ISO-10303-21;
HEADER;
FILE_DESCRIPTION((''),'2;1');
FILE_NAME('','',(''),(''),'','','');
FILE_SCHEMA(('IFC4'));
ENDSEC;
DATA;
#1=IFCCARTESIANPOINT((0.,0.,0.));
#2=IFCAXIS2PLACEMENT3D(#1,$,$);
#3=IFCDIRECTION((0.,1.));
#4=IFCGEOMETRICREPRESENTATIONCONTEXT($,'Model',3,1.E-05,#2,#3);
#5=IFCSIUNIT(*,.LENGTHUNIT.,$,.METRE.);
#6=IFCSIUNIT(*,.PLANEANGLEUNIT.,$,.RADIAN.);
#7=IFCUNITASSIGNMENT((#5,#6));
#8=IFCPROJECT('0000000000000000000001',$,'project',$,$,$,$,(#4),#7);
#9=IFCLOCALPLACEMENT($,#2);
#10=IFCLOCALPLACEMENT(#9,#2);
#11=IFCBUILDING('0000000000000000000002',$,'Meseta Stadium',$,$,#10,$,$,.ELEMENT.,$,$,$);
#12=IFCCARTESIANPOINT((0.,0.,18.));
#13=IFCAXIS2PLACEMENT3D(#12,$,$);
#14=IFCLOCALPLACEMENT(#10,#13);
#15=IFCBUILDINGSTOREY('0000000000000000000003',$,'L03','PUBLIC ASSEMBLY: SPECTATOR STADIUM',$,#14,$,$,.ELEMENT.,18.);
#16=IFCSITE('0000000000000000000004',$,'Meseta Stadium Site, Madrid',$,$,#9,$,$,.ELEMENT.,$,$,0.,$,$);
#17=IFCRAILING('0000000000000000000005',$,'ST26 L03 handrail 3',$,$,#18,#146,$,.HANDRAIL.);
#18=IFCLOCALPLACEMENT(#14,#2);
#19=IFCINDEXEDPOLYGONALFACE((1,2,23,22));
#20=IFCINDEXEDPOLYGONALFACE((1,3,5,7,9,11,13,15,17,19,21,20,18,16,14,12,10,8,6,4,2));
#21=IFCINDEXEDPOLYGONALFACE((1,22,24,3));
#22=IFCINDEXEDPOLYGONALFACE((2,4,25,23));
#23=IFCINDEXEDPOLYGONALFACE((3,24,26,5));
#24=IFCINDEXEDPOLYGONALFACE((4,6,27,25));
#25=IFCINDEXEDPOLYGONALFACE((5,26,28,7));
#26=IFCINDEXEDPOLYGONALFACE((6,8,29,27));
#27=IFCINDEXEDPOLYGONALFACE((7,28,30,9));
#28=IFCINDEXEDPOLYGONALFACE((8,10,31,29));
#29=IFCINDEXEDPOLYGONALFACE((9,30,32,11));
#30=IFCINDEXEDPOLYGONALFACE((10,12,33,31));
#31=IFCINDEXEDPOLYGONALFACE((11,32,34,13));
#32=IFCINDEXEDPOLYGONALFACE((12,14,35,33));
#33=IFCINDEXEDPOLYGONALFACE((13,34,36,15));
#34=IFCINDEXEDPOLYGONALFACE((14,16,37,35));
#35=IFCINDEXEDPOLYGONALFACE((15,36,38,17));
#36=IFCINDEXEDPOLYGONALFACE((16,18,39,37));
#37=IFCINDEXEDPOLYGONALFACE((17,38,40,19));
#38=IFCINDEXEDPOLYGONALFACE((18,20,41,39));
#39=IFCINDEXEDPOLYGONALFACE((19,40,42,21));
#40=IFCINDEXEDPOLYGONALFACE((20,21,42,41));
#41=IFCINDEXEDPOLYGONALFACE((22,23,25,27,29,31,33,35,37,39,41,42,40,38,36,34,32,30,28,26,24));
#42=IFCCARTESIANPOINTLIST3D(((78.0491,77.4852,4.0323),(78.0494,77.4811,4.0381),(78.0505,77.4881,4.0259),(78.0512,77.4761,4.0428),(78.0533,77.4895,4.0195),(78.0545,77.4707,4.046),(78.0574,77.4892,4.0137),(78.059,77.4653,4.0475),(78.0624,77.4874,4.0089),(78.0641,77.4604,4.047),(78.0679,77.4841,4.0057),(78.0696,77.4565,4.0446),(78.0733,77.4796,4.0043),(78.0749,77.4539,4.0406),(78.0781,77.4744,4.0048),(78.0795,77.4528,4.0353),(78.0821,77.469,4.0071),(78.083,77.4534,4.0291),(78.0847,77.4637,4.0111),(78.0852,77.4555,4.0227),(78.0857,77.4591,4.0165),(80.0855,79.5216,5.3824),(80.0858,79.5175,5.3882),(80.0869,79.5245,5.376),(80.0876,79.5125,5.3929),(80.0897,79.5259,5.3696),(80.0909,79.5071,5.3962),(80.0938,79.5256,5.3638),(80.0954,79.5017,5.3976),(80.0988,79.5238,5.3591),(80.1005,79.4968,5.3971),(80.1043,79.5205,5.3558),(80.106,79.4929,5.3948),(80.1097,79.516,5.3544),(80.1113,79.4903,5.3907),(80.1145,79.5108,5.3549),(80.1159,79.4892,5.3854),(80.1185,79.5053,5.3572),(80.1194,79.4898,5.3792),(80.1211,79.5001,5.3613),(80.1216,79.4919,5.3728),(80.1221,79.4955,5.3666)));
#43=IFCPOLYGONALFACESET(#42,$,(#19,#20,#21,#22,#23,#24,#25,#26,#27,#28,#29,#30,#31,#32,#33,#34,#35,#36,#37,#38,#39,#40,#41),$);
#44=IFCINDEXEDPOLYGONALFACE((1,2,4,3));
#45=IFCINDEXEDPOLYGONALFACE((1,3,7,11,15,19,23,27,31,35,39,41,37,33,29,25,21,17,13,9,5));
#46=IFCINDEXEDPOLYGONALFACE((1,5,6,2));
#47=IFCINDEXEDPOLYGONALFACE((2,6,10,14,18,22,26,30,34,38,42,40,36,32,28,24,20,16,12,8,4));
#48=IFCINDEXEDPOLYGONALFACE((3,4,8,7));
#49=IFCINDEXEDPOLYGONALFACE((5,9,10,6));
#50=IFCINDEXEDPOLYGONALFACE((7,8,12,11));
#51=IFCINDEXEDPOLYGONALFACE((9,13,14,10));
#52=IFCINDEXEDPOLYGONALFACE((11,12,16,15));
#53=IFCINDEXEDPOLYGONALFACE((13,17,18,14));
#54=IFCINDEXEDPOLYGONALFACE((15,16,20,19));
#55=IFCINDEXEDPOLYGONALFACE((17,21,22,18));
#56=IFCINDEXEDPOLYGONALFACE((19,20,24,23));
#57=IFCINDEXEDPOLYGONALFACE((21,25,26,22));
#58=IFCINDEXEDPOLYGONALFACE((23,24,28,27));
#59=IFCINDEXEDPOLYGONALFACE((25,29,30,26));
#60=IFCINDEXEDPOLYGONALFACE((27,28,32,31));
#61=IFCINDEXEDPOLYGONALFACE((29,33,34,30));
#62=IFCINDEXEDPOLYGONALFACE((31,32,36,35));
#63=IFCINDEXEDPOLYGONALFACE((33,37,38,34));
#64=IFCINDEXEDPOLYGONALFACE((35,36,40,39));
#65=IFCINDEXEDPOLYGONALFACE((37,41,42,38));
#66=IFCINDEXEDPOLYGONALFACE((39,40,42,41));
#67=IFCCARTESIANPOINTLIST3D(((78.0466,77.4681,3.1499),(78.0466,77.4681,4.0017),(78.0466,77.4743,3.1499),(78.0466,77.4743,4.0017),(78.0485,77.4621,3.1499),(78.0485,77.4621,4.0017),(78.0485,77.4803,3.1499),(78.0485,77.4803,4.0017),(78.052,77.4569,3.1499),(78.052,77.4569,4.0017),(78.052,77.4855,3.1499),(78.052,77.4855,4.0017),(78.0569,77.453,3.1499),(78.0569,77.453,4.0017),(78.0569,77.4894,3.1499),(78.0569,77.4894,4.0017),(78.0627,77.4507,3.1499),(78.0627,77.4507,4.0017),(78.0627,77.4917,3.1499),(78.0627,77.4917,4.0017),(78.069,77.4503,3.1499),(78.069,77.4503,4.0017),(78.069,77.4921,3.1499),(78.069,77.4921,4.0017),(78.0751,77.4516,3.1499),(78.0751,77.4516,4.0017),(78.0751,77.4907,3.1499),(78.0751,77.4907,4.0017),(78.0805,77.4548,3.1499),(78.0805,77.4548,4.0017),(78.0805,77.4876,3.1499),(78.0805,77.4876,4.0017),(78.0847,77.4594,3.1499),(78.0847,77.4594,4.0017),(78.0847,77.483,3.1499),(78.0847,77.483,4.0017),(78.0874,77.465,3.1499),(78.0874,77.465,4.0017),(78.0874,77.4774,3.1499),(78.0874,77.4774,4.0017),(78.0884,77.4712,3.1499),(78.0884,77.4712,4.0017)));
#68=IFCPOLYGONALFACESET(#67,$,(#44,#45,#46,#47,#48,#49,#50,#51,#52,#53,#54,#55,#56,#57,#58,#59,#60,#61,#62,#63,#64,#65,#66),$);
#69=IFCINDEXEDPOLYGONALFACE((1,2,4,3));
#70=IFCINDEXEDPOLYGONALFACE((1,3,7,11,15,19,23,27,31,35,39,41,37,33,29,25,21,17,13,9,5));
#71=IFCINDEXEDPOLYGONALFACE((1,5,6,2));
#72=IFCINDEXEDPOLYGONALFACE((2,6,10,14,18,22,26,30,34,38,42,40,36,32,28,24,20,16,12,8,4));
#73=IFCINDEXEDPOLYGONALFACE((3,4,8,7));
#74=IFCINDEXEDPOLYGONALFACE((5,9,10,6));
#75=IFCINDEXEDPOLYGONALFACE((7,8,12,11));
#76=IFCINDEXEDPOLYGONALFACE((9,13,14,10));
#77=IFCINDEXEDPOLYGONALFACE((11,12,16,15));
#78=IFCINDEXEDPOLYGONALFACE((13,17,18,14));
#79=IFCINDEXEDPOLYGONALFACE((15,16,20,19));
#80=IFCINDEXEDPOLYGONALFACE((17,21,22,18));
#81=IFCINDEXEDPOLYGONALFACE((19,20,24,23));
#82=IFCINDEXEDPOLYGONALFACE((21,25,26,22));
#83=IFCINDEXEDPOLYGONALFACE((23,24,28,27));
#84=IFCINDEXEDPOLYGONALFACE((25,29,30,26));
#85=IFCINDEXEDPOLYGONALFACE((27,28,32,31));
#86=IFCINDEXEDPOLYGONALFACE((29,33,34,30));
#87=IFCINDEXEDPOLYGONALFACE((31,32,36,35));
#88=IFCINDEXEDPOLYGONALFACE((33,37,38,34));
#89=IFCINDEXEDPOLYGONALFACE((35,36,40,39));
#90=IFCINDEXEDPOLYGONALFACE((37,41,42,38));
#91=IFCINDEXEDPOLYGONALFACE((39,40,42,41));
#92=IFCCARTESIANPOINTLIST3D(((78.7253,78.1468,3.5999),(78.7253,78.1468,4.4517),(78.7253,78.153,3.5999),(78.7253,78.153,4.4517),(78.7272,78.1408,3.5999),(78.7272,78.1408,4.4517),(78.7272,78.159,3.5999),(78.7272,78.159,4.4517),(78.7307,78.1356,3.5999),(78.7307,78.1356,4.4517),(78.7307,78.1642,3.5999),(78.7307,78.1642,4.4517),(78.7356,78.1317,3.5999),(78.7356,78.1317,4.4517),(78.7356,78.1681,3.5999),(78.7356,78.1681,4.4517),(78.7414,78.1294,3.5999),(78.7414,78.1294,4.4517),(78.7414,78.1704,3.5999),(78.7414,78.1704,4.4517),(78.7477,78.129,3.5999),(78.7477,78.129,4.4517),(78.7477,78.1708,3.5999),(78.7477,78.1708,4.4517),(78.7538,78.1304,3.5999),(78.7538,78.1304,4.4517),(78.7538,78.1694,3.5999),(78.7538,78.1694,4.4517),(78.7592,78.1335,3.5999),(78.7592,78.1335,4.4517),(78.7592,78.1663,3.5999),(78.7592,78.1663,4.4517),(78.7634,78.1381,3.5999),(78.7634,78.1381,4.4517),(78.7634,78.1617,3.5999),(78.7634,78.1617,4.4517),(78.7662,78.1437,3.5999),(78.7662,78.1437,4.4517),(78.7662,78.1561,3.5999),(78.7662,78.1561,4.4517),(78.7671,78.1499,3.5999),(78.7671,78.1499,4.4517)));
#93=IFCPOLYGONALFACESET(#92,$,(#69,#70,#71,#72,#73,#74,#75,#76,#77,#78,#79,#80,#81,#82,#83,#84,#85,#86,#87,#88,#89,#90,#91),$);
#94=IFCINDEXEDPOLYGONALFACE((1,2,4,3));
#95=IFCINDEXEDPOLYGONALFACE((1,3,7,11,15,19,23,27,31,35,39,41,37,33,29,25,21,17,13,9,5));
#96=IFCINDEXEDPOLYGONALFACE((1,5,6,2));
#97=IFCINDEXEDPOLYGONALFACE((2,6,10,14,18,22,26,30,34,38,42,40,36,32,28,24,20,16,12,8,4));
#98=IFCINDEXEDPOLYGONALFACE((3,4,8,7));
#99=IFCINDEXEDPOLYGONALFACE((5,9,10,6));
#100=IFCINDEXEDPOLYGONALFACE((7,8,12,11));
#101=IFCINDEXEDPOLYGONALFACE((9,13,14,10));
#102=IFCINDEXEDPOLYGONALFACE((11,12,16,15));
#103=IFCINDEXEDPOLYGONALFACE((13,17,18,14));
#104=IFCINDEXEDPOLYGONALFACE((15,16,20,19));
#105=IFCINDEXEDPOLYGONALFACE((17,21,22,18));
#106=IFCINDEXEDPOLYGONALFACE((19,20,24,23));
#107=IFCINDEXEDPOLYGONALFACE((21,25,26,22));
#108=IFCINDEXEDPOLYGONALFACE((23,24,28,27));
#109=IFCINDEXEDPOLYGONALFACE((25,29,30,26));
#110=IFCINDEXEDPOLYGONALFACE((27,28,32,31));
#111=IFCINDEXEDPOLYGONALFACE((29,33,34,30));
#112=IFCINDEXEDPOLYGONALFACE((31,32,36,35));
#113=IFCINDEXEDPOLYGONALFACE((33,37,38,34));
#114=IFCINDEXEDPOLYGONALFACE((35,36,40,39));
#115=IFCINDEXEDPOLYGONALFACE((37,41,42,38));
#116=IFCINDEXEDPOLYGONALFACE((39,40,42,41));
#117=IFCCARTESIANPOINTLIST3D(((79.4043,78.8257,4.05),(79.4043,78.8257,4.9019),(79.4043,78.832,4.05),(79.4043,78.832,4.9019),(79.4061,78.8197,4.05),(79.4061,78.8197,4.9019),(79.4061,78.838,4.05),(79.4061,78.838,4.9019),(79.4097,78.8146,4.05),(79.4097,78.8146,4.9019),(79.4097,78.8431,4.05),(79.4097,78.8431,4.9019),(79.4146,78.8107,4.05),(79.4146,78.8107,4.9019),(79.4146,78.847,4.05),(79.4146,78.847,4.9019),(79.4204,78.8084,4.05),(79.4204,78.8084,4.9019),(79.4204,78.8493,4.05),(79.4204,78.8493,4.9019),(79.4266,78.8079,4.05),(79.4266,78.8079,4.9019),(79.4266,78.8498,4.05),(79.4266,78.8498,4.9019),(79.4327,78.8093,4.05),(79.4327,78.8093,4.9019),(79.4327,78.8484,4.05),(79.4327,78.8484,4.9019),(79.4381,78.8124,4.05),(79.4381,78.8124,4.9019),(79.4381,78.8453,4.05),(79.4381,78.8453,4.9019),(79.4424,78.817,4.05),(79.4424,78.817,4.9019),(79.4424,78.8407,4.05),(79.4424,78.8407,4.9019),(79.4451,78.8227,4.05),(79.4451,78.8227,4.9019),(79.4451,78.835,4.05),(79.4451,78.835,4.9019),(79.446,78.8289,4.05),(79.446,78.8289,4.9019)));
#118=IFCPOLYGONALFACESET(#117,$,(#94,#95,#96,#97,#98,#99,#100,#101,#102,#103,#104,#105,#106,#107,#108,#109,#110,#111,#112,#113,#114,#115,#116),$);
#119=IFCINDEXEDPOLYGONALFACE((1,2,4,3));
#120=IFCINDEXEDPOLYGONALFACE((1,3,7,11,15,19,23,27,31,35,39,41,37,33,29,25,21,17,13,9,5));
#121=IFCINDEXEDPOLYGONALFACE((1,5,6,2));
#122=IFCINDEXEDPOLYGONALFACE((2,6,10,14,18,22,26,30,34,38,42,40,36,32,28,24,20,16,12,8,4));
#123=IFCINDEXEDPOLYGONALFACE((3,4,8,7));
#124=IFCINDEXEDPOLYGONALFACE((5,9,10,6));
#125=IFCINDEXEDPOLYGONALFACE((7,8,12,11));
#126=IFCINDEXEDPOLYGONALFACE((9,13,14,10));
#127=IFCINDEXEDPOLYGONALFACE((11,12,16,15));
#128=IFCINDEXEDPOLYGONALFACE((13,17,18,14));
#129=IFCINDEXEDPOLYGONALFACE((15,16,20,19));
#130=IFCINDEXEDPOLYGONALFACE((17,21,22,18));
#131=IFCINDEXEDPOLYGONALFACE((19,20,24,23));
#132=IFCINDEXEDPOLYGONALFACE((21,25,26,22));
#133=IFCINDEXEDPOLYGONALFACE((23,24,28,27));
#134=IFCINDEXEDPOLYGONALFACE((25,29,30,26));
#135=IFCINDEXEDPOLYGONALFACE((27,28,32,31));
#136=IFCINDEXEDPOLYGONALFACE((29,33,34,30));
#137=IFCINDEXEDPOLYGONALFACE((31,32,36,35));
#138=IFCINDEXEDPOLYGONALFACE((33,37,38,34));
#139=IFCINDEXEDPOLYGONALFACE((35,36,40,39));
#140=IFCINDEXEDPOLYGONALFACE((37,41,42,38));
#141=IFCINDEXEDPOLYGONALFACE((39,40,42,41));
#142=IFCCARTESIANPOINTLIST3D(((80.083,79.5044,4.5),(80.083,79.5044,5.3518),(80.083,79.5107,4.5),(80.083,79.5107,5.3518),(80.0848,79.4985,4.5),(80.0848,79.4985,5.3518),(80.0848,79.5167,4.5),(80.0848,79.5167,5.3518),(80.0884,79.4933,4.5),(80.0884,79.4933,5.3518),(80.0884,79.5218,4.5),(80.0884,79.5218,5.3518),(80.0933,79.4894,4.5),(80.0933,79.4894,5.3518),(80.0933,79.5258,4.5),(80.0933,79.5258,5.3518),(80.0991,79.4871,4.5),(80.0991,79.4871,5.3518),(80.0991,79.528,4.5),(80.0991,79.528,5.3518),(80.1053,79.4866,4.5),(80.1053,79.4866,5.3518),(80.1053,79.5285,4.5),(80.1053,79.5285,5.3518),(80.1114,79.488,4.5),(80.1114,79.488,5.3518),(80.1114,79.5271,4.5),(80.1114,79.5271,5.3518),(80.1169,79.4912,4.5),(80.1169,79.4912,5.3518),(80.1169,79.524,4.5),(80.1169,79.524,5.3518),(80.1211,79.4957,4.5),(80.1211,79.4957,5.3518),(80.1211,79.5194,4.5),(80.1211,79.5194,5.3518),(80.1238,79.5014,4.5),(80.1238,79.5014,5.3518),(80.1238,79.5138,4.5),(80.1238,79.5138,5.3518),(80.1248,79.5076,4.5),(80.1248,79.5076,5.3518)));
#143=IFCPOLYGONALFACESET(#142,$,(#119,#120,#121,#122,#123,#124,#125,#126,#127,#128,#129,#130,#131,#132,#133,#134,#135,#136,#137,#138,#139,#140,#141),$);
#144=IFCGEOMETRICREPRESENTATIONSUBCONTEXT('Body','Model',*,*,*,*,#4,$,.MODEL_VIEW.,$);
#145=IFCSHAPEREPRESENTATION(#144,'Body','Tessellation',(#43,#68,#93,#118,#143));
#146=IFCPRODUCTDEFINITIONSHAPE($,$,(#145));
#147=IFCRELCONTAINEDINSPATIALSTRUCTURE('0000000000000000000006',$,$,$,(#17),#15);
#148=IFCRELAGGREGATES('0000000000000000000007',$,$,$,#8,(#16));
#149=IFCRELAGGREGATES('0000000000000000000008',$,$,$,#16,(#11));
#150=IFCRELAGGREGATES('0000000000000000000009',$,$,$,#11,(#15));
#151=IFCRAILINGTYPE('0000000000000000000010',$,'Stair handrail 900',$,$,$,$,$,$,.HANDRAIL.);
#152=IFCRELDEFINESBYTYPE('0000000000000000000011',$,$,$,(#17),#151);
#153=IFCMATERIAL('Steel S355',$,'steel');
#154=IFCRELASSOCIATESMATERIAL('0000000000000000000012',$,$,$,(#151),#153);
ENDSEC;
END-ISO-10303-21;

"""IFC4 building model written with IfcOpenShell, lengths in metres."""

from ifc_helpers import new_model, si_unit, direction, frame, origin, origin_2d, place, context, subcontext, project, spatial, circle, extrude, material, type_object, element, save


model = new_model("IFC4")

# Units and contexts
model_context = context("Model", 3, precision=1e-05, world=origin(), true_north=direction((0.0, 1.0)))
body_context = subcontext(model_context, "Body", "Model", "MODEL_VIEW")
ifc_project = project(units=[si_unit("LENGTHUNIT", "METRE"), si_unit("PLANEANGLEUNIT", "RADIAN")], contexts=[model_context])

# Site, building, storey
site_placement = place(None, origin())
site = spatial("IfcSite", under=ifc_project, at=site_placement, Name="Meseta Stadium Site, Madrid", CompositionType="ELEMENT", RefElevation=0.0)
building_placement = place(site_placement, origin())
building = spatial("IfcBuilding", under=site, at=building_placement, Name="Meseta Stadium", CompositionType="ELEMENT")
storey_placement = place(building_placement, frame((0.0, 0.0, 18.0)))
storey = spatial("IfcBuildingStorey", under=building, at=storey_placement, Name="L03", Description="PUBLIC ASSEMBLY: SPECTATOR STADIUM", CompositionType="ELEMENT", Elevation=18.0)

# Railing
ifc_material_1 = material(Name="Steel S355", Category="steel")
railing_type_1 = type_object("IfcRailingType", Name="Stair handrail 900", PredefinedType="HANDRAIL", material=ifc_material_1)
for number, where, name in (
    (1, (78.0674, 77.4712, 3.1499), "ST26 L03 handrail 3"),
):
    element("IfcRailing", number, at=place(storey_placement, frame(where)), inside=storey, type_object=railing_type_1, Name=name, PredefinedType="HANDRAIL", context=body_context, shape_type="SweptSolid", body=[
        extrude(circle(Radius=0.0239, at=origin_2d()), frame((0.0, 0.0, 0.876), z_axis=(0.640243, 0.640243, 0.424475), x_axis=(-0.707107, 0.707107, 0.0)), (0.0, 0.0, 1.0), 3.1807),
        extrude(circle(Radius=0.021, at=origin_2d()), origin(), (0.0, 0.0, 1.0), 0.8518),
        extrude(circle(Radius=0.021, at=origin_2d()), frame((0.6787, 0.6787, 0.45)), (0.0, 0.0, 1.0), 0.8518),
        extrude(circle(Radius=0.021, at=origin_2d()), frame((1.3577, 1.3577, 0.9001)), (0.0, 0.0, 1.0), 0.8518),
        extrude(circle(Radius=0.021, at=origin_2d()), frame((2.0364, 2.0364, 1.3501)), (0.0, 0.0, 1.0), 0.8518),
    ])

save(model, "model.ifc")
